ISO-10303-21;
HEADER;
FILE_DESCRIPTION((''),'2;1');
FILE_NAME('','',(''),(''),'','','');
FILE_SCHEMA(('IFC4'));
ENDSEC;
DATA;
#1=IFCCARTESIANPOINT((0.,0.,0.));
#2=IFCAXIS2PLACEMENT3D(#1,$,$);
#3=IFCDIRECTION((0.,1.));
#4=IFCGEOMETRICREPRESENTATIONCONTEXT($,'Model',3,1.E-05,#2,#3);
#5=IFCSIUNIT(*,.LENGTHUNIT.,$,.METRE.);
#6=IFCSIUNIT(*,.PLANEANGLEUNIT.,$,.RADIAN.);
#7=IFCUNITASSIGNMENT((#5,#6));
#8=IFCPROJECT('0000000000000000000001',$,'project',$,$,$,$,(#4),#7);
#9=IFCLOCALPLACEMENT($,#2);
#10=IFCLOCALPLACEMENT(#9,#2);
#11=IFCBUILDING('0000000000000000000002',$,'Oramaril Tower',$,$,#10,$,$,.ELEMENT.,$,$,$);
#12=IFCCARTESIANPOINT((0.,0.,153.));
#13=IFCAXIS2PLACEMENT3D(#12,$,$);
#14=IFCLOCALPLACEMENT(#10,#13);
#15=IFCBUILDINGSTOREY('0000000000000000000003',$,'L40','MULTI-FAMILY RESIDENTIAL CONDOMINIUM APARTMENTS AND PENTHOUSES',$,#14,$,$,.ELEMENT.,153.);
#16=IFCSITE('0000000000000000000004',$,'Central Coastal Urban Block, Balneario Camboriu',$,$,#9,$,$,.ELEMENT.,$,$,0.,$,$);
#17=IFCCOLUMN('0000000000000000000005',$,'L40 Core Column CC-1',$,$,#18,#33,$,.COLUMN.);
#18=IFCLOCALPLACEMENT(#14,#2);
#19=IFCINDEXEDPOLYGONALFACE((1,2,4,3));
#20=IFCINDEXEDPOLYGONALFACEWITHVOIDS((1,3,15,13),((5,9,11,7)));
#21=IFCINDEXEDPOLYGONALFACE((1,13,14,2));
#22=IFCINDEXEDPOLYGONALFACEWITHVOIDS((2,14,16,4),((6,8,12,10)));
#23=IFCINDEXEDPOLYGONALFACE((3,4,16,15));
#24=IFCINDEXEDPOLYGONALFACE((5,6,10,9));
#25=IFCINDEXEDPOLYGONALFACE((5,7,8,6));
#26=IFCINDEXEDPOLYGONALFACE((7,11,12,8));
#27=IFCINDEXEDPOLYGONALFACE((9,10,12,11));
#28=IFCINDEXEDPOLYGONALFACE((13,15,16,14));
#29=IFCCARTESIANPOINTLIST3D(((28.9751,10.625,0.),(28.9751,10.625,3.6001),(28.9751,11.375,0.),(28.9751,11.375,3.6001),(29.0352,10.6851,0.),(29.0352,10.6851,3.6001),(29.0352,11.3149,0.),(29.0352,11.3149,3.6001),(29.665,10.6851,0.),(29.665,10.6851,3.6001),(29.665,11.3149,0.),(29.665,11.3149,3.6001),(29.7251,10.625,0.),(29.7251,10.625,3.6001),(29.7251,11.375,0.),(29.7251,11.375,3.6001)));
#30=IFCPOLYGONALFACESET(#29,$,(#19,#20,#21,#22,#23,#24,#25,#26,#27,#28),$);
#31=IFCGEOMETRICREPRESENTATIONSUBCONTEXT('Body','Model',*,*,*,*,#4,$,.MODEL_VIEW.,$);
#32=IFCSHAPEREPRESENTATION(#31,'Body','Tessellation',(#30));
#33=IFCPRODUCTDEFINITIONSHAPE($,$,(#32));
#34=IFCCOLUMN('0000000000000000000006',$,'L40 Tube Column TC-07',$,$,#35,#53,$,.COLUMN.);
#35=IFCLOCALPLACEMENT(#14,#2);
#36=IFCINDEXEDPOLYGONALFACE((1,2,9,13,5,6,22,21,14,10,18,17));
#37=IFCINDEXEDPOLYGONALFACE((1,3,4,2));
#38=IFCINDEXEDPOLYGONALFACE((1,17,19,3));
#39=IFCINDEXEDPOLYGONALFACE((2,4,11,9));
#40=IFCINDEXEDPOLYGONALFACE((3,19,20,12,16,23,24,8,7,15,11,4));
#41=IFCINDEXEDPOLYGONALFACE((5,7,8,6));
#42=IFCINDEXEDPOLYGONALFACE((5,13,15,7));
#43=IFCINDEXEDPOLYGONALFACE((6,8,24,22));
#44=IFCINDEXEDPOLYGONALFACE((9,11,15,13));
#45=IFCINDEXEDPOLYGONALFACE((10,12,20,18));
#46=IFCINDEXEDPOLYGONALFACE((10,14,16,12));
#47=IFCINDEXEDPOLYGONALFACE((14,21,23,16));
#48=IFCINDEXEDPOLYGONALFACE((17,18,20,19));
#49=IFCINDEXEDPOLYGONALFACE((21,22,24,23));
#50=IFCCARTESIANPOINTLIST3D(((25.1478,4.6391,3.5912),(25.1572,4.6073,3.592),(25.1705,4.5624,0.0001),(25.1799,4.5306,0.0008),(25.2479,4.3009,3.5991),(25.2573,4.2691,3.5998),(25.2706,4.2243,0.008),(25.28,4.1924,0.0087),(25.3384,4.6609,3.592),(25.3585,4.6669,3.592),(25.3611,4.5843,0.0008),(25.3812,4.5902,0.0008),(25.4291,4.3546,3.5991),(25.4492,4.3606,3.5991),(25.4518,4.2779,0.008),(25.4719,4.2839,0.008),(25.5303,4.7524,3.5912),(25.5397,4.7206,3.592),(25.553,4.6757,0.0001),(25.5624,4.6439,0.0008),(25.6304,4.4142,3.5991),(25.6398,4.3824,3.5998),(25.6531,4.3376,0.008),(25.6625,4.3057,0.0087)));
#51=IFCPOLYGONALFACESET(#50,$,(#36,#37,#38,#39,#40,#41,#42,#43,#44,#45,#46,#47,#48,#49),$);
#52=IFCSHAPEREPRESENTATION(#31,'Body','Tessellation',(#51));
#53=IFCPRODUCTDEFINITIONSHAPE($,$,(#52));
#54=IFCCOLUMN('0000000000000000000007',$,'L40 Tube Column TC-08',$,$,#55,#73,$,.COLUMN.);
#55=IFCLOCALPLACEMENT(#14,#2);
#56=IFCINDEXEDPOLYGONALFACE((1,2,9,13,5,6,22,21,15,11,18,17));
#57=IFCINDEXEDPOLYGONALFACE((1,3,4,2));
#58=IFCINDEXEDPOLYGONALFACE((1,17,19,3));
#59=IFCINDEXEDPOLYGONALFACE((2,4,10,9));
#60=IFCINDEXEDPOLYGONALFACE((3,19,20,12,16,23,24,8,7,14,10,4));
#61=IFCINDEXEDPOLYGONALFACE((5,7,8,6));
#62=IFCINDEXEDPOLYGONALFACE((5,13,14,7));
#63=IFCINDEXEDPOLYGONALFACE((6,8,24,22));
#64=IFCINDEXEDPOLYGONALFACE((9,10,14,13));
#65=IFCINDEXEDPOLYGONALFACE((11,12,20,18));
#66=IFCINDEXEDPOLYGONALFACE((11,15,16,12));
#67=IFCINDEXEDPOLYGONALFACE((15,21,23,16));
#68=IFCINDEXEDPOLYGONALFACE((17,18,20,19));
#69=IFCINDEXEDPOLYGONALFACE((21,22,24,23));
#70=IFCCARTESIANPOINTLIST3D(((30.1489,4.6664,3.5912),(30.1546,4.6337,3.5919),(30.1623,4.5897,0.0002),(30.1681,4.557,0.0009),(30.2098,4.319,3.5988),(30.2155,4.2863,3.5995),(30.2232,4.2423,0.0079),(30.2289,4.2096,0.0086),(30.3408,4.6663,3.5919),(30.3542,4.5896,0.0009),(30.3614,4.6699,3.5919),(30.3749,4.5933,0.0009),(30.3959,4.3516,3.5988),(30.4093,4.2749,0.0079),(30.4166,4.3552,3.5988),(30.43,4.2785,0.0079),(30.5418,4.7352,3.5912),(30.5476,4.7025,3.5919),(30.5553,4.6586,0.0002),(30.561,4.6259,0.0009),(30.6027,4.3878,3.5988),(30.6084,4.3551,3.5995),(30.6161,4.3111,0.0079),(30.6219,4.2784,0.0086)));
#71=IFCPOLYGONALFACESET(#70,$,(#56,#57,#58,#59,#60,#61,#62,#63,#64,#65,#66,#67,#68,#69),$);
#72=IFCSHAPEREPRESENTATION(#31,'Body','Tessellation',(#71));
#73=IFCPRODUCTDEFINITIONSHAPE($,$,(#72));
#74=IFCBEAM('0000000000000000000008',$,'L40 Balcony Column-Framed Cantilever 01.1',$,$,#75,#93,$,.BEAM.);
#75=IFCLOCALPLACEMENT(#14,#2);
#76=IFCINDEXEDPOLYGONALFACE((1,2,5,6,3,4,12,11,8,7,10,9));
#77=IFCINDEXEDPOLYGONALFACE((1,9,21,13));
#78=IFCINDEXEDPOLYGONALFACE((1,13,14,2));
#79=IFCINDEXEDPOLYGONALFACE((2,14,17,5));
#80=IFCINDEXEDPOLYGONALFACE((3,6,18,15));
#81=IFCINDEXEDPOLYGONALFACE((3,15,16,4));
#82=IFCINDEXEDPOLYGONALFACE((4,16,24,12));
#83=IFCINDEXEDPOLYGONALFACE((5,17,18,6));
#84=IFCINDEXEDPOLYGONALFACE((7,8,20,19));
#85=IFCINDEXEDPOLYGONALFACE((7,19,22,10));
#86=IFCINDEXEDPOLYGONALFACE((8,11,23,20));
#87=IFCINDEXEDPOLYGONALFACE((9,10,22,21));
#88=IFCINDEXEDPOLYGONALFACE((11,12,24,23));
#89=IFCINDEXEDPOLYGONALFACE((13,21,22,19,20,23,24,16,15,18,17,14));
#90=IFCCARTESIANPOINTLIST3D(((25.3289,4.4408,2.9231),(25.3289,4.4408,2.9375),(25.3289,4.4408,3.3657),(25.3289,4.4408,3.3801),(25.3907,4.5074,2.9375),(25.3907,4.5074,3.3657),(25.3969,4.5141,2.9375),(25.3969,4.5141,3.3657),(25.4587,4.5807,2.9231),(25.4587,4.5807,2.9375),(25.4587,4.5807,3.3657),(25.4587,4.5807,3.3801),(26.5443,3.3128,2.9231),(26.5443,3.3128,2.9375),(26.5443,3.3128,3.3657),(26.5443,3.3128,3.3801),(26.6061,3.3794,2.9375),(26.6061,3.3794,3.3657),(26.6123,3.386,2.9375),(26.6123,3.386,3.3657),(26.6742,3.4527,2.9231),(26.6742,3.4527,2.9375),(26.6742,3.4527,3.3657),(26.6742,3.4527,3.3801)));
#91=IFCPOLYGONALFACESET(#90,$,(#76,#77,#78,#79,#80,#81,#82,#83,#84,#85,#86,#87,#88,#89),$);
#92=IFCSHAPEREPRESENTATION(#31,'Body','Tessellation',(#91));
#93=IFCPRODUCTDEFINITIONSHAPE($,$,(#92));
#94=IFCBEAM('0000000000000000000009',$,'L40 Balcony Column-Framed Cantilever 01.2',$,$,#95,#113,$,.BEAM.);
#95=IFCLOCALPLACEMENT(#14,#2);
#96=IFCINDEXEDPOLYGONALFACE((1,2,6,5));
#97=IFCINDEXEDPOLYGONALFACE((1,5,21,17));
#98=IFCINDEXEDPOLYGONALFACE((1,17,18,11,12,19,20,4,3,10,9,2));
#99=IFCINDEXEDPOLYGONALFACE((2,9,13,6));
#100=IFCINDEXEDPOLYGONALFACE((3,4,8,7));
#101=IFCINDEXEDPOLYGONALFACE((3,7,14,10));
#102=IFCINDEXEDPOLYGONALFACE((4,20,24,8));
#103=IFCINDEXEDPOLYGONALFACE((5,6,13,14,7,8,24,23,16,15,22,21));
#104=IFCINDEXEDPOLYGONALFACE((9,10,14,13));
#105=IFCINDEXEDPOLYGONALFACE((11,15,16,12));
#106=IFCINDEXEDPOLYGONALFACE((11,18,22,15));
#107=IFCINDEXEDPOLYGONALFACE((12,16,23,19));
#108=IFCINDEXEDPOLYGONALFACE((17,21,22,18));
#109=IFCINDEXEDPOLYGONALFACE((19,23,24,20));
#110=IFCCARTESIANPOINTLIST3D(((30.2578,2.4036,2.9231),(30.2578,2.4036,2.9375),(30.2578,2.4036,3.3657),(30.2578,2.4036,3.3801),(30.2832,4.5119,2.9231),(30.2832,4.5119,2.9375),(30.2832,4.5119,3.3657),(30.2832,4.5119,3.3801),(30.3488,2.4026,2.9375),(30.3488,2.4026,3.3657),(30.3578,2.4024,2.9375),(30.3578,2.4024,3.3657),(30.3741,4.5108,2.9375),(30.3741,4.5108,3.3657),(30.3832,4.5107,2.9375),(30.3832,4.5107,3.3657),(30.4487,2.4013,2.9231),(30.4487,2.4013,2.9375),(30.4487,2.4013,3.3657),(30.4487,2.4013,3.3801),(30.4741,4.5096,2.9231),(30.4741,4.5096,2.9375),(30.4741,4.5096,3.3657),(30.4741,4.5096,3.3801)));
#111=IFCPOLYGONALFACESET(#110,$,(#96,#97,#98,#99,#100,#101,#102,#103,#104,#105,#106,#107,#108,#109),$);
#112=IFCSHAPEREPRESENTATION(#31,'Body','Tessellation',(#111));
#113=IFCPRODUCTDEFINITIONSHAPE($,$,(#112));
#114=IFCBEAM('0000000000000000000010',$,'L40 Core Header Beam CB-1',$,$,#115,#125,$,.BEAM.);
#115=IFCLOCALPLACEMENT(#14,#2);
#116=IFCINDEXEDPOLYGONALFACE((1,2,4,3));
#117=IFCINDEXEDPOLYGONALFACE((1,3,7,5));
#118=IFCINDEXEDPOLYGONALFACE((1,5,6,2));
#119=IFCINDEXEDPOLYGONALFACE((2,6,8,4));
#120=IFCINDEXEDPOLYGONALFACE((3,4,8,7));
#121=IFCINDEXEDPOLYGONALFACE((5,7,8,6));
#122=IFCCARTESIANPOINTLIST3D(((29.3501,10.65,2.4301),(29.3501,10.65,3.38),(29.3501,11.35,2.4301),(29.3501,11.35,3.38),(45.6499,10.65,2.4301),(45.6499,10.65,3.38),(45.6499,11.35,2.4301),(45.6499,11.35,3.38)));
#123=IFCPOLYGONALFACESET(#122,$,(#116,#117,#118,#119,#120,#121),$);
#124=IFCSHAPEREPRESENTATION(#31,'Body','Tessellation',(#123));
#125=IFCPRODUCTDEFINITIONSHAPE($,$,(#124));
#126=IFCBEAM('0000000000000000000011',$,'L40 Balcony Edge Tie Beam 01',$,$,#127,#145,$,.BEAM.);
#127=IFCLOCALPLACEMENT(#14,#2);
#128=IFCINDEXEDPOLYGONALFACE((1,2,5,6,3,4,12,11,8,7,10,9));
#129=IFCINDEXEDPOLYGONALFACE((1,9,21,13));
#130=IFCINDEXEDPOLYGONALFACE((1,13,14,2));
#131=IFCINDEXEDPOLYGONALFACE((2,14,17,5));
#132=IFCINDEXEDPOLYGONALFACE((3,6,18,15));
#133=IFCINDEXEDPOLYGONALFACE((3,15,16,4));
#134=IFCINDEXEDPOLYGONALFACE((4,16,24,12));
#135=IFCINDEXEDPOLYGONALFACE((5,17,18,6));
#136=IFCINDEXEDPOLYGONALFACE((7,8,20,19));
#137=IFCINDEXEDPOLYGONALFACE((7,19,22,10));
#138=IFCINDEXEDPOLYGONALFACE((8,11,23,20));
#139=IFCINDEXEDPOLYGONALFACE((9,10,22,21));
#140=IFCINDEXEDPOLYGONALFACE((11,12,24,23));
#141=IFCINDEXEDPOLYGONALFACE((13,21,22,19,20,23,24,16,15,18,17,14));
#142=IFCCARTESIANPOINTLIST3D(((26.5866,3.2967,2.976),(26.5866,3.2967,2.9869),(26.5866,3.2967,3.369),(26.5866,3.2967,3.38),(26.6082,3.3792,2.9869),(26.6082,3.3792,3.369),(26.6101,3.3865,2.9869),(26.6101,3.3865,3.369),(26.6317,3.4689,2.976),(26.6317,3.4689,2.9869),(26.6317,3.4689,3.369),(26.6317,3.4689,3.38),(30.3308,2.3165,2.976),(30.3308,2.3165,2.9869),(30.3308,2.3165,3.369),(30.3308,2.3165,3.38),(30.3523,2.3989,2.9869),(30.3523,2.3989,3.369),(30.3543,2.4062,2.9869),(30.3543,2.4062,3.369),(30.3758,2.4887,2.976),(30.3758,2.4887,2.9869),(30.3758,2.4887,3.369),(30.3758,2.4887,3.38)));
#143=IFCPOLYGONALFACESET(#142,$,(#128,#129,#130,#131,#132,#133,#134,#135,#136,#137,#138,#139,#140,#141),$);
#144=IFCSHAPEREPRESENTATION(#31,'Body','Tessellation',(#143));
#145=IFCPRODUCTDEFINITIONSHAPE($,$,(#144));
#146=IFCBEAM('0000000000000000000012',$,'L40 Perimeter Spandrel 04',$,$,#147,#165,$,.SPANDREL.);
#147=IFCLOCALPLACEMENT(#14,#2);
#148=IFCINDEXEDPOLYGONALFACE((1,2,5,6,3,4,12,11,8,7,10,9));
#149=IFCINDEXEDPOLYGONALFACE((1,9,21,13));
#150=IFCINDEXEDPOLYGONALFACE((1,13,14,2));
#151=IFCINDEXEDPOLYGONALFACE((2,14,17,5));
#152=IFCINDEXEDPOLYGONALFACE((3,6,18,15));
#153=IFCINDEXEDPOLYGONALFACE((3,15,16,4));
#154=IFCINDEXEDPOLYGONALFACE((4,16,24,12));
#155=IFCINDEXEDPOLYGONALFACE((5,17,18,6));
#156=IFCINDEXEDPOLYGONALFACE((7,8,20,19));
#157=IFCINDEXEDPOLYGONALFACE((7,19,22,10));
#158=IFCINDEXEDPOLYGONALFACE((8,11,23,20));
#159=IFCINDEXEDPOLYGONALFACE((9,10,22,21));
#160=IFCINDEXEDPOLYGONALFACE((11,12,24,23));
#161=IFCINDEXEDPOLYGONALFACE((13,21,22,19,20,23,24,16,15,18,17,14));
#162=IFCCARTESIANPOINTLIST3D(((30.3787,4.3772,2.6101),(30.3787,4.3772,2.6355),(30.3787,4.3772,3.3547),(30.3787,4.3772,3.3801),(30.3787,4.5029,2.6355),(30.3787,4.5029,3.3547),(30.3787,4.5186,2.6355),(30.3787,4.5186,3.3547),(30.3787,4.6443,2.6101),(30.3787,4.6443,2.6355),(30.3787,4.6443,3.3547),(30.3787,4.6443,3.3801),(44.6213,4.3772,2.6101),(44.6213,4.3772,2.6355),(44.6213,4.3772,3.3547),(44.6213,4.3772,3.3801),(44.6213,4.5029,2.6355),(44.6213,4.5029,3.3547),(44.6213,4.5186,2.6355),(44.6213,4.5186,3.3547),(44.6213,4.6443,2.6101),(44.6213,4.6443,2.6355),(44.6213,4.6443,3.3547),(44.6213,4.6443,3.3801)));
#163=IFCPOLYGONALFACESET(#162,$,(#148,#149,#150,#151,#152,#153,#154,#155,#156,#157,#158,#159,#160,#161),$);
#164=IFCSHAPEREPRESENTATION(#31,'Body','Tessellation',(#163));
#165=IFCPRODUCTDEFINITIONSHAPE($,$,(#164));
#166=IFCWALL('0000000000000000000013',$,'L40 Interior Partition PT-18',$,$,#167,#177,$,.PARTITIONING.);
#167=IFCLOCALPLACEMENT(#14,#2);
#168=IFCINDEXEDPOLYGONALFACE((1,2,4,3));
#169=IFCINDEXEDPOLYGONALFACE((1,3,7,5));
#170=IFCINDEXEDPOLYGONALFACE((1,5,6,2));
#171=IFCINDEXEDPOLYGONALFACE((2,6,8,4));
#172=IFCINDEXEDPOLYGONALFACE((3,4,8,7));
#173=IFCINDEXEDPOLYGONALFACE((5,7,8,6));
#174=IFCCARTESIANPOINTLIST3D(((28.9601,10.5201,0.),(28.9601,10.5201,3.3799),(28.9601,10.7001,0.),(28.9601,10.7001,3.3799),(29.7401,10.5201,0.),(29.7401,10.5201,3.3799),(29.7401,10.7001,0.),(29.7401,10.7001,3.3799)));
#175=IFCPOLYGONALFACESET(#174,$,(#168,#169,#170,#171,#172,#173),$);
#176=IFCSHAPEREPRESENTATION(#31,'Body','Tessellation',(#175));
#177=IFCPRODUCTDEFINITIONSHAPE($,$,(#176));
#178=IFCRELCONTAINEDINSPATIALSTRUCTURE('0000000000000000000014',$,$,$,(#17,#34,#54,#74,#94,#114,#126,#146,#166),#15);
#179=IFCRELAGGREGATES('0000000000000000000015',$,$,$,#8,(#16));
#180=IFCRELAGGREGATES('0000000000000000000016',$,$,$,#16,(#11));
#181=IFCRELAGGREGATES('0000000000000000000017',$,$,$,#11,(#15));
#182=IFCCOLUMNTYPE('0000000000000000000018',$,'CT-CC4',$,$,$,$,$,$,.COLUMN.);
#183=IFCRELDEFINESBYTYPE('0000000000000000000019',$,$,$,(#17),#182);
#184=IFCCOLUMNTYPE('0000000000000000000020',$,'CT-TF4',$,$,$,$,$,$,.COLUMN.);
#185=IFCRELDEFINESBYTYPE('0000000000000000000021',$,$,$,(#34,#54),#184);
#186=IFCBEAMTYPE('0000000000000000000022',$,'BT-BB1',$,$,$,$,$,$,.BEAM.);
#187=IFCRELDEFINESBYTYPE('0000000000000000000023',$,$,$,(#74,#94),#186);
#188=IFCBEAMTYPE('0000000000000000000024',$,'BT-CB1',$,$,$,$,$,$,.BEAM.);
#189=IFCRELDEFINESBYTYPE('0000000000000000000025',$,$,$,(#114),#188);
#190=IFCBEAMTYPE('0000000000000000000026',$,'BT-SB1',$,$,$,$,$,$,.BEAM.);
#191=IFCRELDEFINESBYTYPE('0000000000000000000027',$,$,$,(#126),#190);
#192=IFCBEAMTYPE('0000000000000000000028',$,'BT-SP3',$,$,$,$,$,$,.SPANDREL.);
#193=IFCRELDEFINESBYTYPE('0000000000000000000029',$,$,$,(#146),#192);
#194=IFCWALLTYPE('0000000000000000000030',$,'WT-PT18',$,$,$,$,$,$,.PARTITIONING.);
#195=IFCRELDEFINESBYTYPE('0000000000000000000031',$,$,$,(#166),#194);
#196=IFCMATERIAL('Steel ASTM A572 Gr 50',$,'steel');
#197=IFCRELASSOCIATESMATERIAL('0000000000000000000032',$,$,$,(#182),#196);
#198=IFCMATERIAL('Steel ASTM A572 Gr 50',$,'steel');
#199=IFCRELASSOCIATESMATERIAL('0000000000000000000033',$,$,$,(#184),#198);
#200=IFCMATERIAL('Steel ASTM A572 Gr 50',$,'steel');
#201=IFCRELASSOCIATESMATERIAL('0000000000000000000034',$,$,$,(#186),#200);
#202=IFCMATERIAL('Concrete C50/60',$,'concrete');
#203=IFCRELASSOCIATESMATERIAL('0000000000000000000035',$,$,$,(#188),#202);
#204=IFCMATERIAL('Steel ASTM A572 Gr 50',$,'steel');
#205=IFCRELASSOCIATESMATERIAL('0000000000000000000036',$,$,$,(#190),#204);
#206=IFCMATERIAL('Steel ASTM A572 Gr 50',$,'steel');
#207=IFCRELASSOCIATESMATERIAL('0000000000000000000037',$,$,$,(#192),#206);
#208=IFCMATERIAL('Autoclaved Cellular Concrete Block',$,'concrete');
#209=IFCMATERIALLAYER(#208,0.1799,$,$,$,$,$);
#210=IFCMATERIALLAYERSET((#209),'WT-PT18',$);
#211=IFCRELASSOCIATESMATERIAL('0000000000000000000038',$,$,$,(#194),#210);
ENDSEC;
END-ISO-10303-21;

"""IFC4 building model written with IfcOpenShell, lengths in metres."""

from ifc_helpers import new_model, si_unit, direction, frame, frame_2d, origin, origin_2d, place, context, subcontext, project, spatial, rectangle, hollow_rectangle, i_section, extrude, material, layer, layer_set, material_profile, profile_set, type_object, element, save


model = new_model("IFC4")

# Units and contexts
model_context = context("Model", 3, precision=1e-05, world=origin(), true_north=direction((0.0, 1.0)))
body_context = subcontext(model_context, "Body", "Model", "MODEL_VIEW")
ifc_project = project(units=[si_unit("LENGTHUNIT", "METRE"), si_unit("PLANEANGLEUNIT", "RADIAN")], contexts=[model_context])

# Site, building, storey
site_placement = place(None, origin())
site = spatial("IfcSite", under=ifc_project, at=site_placement, Name="Central Coastal Urban Block, Balneario Camboriu", CompositionType="ELEMENT", RefElevation=0.0)
building_placement = place(site_placement, origin())
building = spatial("IfcBuilding", under=site, at=building_placement, Name="Oramaril Tower", CompositionType="ELEMENT")
storey_placement = place(building_placement, frame((0.0, 0.0, 153.0)))
storey = spatial("IfcBuildingStorey", under=building, at=storey_placement, Name="L40", Description="MULTI-FAMILY RESIDENTIAL CONDOMINIUM APARTMENTS AND PENTHOUSES", CompositionType="ELEMENT", Elevation=153.0)

# Columns
ifc_material_1 = material(Name="Steel ASTM A572 Gr 50", Category="steel")
ifc_material_profile_1 = material_profile(ifc_material_1, hollow_rectangle(XDim=0.75, YDim=0.75, WallThickness=0.0601, at=origin_2d()), Name="BOX750X750X60")
ifc_profile_set_1 = profile_set([ifc_material_profile_1], Name="Steel ASTM A572 Gr 50")
column_type_1 = type_object("IfcColumnType", Name="CT-CC4", PredefinedType="COLUMN", material=ifc_profile_set_1)
column_1_placement = place(storey_placement, frame((29.3501, 11.0, 0.0), z_axis=(0.0, 0.0, 1.0), x_axis=(1.0, 0.0, 0.0)))
element("IfcColumn", 1, at=column_1_placement, inside=storey, type_object=column_type_1, Name="L40 Core Column CC-1", PredefinedType="COLUMN", context=body_context, shape_type="SweptSolid", body=[
    extrude(hollow_rectangle(XDim=0.75, YDim=0.75, WallThickness=0.0601, at=origin_2d()), origin(), (0.0, 0.0, 1.0), 3.6001),
])
ifc_material_2 = material(Name="Steel ASTM A572 Gr 50", Category="steel")
ifc_material_profile_2 = material_profile(ifc_material_2, i_section(OverallWidth=0.3989, OverallDepth=0.386, WebThickness=0.021, FlangeThickness=0.0332, at=origin_2d()), Name="W14X176")
ifc_profile_set_2 = profile_set([ifc_material_profile_2], Name="Steel ASTM A572 Gr 50")
column_type_2 = type_object("IfcColumnType", Name="CT-TF4", PredefinedType="COLUMN", material=ifc_profile_set_2)
column_2_placement = place(storey_placement, frame((25.4165, 4.4341, 0.0044), z_axis=(-0.006321, 0.021342, 0.999752), x_axis=(-0.958829, -0.283984, 0.0)))
element("IfcColumn", 2, at=column_2_placement, inside=storey, type_object=column_type_2, Name="L40 Tube Column TC-07", PredefinedType="COLUMN", context=body_context, shape_type="SweptSolid", body=[
    extrude(i_section(OverallWidth=0.3989, OverallDepth=0.386, WebThickness=0.021, FlangeThickness=0.0332, at=origin_2d()), origin(), (0.0, 0.0, 1.0), 3.592),
])
column_3_placement = place(storey_placement, frame((30.3921, 4.4341, 0.0044), z_axis=(-0.003738, 0.021342, 0.999765), x_axis=(-0.985004, -0.172533, 0.0)))
element("IfcColumn", 3, at=column_3_placement, inside=storey, type_object=column_type_2, Name="L40 Tube Column TC-08", PredefinedType="COLUMN", context=body_context, shape_type="SweptSolid", body=[
    extrude(i_section(OverallWidth=0.3989, OverallDepth=0.386, WebThickness=0.021, FlangeThickness=0.0332, at=origin_2d()), origin(), (0.0, 0.0, 1.0), 3.5918),
])

# Beams
ifc_material_3 = material(Name="Steel ASTM A572 Gr 50", Category="steel")
ifc_material_profile_3 = material_profile(ifc_material_3, i_section(OverallWidth=0.1909, OverallDepth=0.457, WebThickness=0.009, FlangeThickness=0.0144, at=origin_2d()), Name="W18X50")
ifc_profile_set_3 = profile_set([ifc_material_profile_3], Name="Steel ASTM A572 Gr 50")
beam_type_1 = type_object("IfcBeamType", Name="BT-BB1", PredefinedType="BEAM", material=ifc_profile_set_3)
beam_1_placement = place(storey_placement, frame((25.3938, 4.5107, 3.1516), z_axis=(0.732972, -0.680259, 0.0), x_axis=(0.680259, 0.732972, 0.0)))
element("IfcBeam", 4, at=beam_1_placement, inside=storey, type_object=beam_type_1, Name="L40 Balcony Column-Framed Cantilever 01.1", PredefinedType="BEAM", context=body_context, shape_type="SweptSolid", body=[
    extrude(i_section(OverallWidth=0.1909, OverallDepth=0.457, WebThickness=0.009, FlangeThickness=0.0144, at=origin_2d()), origin(), (0.0, 0.0, 1.0), 1.6582),
])
beam_2_placement = place(storey_placement, frame((30.3787, 4.5107, 3.1516), z_axis=(-0.012043, -0.999927, 0.0), x_axis=(0.999927, -0.012043, 0.0)))
element("IfcBeam", 5, at=beam_2_placement, inside=storey, type_object=beam_type_1, Name="L40 Balcony Column-Framed Cantilever 01.2", PredefinedType="BEAM", context=body_context, shape_type="SweptSolid", body=[
    extrude(i_section(OverallWidth=0.1909, OverallDepth=0.457, WebThickness=0.009, FlangeThickness=0.0144, at=origin_2d()), origin(), (0.0, 0.0, 1.0), 2.1084),
])
ifc_material_4 = material(Name="Concrete C50/60", Category="concrete")
ifc_material_profile_4 = material_profile(ifc_material_4, rectangle(XDim=0.7, YDim=0.95, at=origin_2d()), Name="CB700X950")
ifc_profile_set_4 = profile_set([ifc_material_profile_4], Name="Concrete C50/60")
beam_type_2 = type_object("IfcBeamType", Name="BT-CB1", PredefinedType="BEAM", material=ifc_profile_set_4)
beam_3_placement = place(storey_placement, frame((29.3501, 11.0, 2.905), z_axis=(1.0, 0.0, 0.0), x_axis=(0.0, 1.0, 0.0)))
element("IfcBeam", 6, at=beam_3_placement, inside=storey, type_object=beam_type_2, Name="L40 Core Header Beam CB-1", PredefinedType="BEAM", context=body_context, shape_type="SweptSolid", body=[
    extrude(rectangle(XDim=0.7, YDim=0.95, at=origin_2d()), origin(), (0.0, 0.0, 1.0), 16.2998),
])
ifc_material_5 = material(Name="Steel ASTM A572 Gr 50", Category="steel")
ifc_material_profile_5 = material_profile(ifc_material_5, i_section(OverallWidth=0.178, OverallDepth=0.4041, WebThickness=0.0076, FlangeThickness=0.011, at=origin_2d()), Name="W16X36")
ifc_profile_set_5 = profile_set([ifc_material_profile_5], Name="Steel ASTM A572 Gr 50")
beam_type_3 = type_object("IfcBeamType", Name="BT-SB1", PredefinedType="BEAM", material=ifc_profile_set_5)
beam_4_placement = place(storey_placement, frame((26.6091, 3.3828, 3.178), z_axis=(0.967397, -0.253267, 0.0), x_axis=(0.253267, 0.967397, 0.0)))
element("IfcBeam", 7, at=beam_4_placement, inside=storey, type_object=beam_type_3, Name="L40 Balcony Edge Tie Beam 01", PredefinedType="BEAM", context=body_context, shape_type="SweptSolid", body=[
    extrude(i_section(OverallWidth=0.178, OverallDepth=0.4041, WebThickness=0.0076, FlangeThickness=0.011, at=origin_2d()), origin(), (0.0, 0.0, 1.0), 3.8704),
])
ifc_material_6 = material(Name="Steel ASTM A572 Gr 50", Category="steel")
ifc_material_profile_6 = material_profile(ifc_material_6, i_section(OverallWidth=0.2671, OverallDepth=0.77, WebThickness=0.0156, FlangeThickness=0.0254, at=origin_2d()), Name="W30X132")
ifc_profile_set_6 = profile_set([ifc_material_profile_6], Name="Steel ASTM A572 Gr 50")
beam_type_4 = type_object("IfcBeamType", Name="BT-SP3", PredefinedType="SPANDREL", material=ifc_profile_set_6)
beam_5_placement = place(storey_placement, frame((30.3787, 4.5107, 2.9951), z_axis=(1.0, 0.0, 0.0), x_axis=(0.0, 1.0, 0.0)))
element("IfcBeam", 8, at=beam_5_placement, inside=storey, type_object=beam_type_4, Name="L40 Perimeter Spandrel 04", PredefinedType="SPANDREL", context=body_context, shape_type="SweptSolid", body=[
    extrude(i_section(OverallWidth=0.2671, OverallDepth=0.77, WebThickness=0.0156, FlangeThickness=0.0254, at=origin_2d()), origin(), (0.0, 0.0, 1.0), 14.2427),
])

# Wall
ifc_material_7 = material(Name="Autoclaved Cellular Concrete Block", Category="concrete")
ifc_layer_1 = layer(ifc_material_7, 0.1799)
ifc_layer_set_1 = layer_set([ifc_layer_1], Name="WT-PT18")
wall_type = type_object("IfcWallType", Name="WT-PT18", PredefinedType="PARTITIONING", material=ifc_layer_set_1)
wall_1_placement = place(storey_placement, frame((28.96, 10.6101, 0.0), z_axis=(0.0, 0.0, 1.0), x_axis=(1.0, 0.0, 0.0)))
element("IfcWall", 9, at=wall_1_placement, inside=storey, type_object=wall_type, Name="L40 Interior Partition PT-18", PredefinedType="PARTITIONING", context=body_context, shape_type="SweptSolid", body=[
    extrude(rectangle(XDim=0.78, YDim=0.1799, at=frame_2d((0.3901, 0.0))), origin(), (0.0, 0.0, 1.0), 3.3799),
])

save(model, "model.ifc")
